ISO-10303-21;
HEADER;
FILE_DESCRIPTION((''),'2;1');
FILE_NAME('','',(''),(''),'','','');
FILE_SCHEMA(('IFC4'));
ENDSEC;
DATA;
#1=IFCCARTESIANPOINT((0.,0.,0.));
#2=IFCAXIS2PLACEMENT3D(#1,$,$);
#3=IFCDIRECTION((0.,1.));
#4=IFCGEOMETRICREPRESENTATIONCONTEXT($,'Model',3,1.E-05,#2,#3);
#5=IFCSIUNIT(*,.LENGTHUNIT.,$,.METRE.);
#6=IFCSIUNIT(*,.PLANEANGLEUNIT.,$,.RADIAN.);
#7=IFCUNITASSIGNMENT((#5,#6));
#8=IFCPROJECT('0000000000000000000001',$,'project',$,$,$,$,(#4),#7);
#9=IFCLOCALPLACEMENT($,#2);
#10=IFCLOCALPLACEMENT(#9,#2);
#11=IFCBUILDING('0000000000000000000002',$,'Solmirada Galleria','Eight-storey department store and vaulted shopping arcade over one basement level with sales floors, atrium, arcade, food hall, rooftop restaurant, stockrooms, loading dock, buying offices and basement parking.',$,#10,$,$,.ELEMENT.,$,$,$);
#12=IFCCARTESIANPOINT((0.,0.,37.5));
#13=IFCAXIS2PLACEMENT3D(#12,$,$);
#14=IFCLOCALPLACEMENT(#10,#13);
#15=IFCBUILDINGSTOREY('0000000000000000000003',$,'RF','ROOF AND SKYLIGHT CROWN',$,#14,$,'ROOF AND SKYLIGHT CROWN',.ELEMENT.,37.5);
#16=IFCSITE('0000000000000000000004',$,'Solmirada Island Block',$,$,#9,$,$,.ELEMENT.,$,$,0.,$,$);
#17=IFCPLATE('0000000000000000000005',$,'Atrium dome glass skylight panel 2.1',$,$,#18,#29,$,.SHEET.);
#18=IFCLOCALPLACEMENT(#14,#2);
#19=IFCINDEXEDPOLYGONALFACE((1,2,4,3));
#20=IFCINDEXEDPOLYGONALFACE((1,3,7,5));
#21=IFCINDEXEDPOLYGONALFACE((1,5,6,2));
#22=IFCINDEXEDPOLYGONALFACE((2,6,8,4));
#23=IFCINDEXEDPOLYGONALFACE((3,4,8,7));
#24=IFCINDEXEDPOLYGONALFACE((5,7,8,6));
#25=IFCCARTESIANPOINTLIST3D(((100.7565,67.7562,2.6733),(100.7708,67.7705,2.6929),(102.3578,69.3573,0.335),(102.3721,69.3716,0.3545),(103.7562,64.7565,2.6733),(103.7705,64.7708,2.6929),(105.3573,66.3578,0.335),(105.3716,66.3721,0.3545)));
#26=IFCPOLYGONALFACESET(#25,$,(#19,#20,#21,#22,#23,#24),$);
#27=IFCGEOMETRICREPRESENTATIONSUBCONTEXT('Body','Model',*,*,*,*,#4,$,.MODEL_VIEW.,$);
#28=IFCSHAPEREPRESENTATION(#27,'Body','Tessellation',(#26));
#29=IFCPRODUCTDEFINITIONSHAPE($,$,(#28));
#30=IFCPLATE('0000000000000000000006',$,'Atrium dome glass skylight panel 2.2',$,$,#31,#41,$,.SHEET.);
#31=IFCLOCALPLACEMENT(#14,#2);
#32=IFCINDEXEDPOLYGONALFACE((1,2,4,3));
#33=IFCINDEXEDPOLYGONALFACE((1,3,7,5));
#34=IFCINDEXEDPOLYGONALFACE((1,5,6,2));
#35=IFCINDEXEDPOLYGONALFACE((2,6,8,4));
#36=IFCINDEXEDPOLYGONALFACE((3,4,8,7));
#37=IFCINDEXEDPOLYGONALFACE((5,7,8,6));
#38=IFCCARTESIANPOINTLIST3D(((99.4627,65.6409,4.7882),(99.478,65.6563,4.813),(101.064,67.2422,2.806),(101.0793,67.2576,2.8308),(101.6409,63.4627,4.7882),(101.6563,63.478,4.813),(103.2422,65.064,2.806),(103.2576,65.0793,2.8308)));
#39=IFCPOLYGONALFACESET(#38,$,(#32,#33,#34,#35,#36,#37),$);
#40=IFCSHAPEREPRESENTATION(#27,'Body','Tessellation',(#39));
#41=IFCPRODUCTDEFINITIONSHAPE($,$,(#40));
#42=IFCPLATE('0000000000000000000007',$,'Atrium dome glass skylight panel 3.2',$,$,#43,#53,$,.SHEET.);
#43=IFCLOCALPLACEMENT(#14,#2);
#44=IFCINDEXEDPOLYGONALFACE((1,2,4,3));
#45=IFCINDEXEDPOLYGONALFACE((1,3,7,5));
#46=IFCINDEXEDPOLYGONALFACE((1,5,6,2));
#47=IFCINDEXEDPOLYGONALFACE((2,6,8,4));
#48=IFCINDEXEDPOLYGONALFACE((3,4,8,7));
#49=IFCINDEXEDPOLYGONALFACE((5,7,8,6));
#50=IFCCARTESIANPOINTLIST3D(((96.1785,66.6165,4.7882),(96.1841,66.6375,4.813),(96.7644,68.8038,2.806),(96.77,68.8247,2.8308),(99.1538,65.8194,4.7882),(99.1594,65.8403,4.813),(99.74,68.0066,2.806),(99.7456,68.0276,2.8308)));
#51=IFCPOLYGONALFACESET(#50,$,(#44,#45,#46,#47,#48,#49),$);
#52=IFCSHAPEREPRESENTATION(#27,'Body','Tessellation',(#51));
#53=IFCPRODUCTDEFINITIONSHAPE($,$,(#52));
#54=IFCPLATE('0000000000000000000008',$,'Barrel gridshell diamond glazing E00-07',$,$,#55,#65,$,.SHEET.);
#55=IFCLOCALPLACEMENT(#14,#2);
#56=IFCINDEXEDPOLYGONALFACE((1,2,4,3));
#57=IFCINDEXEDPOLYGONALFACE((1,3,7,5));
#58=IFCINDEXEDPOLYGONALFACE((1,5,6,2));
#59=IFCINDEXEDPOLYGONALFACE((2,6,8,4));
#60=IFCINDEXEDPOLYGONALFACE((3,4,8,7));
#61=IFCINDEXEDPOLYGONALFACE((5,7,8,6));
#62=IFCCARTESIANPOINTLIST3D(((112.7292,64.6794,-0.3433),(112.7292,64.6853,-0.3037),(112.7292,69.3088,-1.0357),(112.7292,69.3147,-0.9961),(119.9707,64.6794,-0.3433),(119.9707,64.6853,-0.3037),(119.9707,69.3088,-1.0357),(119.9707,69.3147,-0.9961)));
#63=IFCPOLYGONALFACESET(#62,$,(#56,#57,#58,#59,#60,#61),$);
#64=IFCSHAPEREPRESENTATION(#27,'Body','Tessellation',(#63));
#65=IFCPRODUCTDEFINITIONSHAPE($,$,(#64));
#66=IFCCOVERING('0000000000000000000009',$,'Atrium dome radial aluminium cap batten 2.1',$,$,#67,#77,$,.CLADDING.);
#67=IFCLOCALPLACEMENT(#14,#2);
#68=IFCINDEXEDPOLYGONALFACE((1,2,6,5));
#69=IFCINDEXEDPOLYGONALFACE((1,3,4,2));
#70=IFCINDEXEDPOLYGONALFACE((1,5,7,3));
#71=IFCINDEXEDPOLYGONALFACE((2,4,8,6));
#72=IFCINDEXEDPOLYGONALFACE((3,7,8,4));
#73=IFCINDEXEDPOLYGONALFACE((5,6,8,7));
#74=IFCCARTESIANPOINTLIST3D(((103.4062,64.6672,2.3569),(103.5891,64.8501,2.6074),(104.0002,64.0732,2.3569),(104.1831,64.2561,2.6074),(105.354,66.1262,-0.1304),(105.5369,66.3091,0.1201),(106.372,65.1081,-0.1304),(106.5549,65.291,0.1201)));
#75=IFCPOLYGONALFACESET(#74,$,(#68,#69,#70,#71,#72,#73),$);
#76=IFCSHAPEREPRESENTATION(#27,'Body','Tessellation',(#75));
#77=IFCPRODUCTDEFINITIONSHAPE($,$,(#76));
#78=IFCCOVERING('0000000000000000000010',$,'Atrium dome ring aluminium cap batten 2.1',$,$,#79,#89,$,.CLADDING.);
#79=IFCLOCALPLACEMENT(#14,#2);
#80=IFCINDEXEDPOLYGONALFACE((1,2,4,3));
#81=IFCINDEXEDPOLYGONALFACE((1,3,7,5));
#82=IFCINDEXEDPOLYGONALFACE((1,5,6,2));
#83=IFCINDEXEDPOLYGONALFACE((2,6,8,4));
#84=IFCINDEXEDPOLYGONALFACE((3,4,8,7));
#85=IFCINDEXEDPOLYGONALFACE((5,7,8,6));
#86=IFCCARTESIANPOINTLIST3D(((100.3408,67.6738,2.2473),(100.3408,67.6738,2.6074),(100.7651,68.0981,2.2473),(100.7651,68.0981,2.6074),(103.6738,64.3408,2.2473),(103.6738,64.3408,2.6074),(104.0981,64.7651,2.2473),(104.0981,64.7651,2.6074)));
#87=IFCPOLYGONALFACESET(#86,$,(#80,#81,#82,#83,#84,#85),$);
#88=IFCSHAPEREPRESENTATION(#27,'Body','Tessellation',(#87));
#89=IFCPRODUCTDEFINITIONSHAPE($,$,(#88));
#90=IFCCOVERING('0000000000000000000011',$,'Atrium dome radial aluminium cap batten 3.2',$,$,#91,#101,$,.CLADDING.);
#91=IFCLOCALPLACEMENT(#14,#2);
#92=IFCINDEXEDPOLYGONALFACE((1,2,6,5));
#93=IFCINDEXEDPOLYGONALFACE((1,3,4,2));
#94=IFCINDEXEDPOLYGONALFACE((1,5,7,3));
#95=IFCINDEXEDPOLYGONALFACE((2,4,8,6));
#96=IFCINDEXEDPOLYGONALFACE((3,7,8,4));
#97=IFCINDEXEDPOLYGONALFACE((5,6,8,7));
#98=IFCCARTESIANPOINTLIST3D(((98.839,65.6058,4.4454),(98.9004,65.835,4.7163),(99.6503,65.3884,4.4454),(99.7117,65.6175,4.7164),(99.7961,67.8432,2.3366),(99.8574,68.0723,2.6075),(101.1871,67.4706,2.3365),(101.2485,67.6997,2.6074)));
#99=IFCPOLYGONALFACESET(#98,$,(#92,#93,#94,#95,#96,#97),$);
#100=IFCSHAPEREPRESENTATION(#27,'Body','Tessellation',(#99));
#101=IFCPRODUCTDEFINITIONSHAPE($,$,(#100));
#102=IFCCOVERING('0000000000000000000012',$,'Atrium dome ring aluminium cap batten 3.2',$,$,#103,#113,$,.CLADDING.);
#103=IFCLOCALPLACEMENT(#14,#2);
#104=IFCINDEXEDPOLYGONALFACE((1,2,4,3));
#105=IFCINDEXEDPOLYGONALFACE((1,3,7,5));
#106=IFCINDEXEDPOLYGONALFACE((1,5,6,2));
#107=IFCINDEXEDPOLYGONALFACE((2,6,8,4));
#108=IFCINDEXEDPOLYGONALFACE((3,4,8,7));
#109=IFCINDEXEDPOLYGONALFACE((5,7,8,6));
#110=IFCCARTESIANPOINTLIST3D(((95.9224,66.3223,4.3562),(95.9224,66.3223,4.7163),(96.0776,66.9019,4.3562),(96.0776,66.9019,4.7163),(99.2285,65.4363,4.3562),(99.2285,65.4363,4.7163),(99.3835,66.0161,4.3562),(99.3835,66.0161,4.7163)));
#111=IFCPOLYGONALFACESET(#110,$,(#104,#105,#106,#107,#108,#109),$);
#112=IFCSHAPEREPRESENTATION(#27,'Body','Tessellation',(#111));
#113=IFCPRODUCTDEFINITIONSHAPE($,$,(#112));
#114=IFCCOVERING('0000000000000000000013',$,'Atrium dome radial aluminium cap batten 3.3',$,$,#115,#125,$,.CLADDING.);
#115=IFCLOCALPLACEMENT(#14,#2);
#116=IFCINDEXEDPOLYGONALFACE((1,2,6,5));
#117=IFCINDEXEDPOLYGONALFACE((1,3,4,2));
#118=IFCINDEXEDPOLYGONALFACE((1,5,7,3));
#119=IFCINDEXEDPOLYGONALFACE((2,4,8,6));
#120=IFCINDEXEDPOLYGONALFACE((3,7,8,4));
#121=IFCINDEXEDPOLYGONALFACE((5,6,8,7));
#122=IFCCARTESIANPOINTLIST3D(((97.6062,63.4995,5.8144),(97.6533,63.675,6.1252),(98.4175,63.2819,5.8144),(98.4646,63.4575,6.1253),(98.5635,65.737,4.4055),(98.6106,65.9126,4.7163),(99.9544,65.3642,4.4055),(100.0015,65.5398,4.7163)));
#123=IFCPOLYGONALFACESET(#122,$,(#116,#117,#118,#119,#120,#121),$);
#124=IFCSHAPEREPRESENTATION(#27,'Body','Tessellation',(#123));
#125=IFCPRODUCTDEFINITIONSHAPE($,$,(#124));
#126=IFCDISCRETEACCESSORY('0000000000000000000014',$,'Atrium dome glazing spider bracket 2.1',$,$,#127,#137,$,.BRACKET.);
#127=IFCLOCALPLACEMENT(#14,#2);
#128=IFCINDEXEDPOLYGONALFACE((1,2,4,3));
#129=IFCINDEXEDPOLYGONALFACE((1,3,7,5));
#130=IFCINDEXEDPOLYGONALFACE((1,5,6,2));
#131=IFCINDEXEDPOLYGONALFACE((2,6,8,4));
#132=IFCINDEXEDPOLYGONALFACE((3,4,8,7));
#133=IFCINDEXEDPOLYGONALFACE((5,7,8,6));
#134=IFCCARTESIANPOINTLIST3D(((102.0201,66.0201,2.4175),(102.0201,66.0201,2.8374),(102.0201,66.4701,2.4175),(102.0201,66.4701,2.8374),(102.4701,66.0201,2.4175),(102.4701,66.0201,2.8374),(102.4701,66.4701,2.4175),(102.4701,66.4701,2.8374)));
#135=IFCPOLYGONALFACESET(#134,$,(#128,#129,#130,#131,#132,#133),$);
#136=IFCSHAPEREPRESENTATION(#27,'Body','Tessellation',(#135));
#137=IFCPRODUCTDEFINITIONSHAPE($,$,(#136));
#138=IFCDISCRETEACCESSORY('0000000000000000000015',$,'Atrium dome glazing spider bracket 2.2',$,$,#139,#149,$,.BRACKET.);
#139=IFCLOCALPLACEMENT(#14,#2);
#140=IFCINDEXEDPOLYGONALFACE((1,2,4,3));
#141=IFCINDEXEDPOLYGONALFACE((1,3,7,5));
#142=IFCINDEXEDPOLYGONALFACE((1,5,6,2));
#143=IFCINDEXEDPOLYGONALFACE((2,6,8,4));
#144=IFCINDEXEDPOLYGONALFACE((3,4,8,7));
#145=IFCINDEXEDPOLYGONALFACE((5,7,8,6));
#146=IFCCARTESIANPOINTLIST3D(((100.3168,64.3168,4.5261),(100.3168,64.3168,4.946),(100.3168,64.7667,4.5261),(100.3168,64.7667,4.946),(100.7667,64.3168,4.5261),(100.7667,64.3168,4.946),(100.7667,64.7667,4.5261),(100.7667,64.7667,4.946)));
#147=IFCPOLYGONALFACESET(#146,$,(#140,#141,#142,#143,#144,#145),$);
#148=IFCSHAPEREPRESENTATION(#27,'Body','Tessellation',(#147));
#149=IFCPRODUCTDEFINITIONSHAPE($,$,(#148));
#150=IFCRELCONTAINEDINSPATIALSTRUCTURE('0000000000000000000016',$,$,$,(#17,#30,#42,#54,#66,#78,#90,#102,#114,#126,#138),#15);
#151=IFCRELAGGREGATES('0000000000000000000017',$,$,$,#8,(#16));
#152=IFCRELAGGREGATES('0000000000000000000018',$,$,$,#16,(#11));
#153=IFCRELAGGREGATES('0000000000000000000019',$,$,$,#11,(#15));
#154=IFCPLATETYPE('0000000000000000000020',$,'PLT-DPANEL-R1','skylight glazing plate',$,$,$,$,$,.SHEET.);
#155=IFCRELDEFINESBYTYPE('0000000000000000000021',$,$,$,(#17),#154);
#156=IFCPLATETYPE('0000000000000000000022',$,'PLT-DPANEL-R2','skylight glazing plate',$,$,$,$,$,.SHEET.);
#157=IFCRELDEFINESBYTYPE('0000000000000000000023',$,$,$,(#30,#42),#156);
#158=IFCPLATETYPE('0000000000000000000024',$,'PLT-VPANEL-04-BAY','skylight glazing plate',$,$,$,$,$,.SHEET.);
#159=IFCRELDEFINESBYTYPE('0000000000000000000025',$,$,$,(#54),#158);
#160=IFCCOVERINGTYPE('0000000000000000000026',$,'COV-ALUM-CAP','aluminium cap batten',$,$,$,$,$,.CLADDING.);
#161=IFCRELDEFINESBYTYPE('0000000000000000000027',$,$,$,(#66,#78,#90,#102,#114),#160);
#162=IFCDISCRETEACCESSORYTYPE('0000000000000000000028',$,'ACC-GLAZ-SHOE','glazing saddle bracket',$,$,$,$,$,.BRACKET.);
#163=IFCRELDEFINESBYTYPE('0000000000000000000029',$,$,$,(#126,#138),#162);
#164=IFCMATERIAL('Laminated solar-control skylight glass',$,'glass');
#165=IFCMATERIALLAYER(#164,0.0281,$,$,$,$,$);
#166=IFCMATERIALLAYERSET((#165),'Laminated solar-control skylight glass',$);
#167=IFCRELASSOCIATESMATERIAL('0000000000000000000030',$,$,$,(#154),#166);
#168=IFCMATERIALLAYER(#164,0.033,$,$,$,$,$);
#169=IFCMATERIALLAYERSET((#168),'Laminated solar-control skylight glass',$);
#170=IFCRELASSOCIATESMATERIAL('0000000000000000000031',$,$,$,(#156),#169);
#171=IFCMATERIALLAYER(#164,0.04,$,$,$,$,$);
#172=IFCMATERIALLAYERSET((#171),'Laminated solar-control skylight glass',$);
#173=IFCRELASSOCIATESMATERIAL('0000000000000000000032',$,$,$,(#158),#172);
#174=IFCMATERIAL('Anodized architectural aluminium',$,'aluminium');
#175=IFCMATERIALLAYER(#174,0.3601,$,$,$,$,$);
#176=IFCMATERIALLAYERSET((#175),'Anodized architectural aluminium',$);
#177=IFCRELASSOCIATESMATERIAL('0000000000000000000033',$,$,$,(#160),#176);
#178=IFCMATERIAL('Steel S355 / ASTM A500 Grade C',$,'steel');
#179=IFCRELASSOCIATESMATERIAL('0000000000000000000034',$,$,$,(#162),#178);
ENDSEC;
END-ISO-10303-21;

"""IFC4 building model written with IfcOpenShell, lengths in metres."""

from ifc_helpers import new_model, si_unit, direction, frame, origin, origin_2d, place, context, subcontext, project, spatial, polyline, rectangle, outline, extrude, material, layer, layer_set, type_object, element, save


model = new_model("IFC4")

# Units and contexts
model_context = context("Model", 3, precision=1e-05, world=origin(), true_north=direction((0.0, 1.0)))
body_context = subcontext(model_context, "Body", "Model", "MODEL_VIEW")
ifc_project = project(units=[si_unit("LENGTHUNIT", "METRE"), si_unit("PLANEANGLEUNIT", "RADIAN")], contexts=[model_context])

# Site, building, storey
site_placement = place(None, origin())
site = spatial("IfcSite", under=ifc_project, at=site_placement, Name="Solmirada Island Block", CompositionType="ELEMENT", RefElevation=0.0)
building_placement = place(site_placement, origin())
building = spatial("IfcBuilding", under=site, at=building_placement, Name="Solmirada Galleria", Description="Eight-storey department store and vaulted shopping arcade over one basement level with sales floors, atrium, arcade, food hall, rooftop restaurant, stockrooms, loading dock, buying offices and basement parking.", CompositionType="ELEMENT")
storey_placement = place(building_placement, frame((0.0, 0.0, 37.5)))
storey = spatial("IfcBuildingStorey", under=building, at=storey_placement, Name="RF", Description="ROOF AND SKYLIGHT CROWN", LongName="ROOF AND SKYLIGHT CROWN", CompositionType="ELEMENT", Elevation=37.5)

# Shared definitions
ifc_material_1 = material(Name="Steel S355 / ASTM A500 Grade C", Category="steel")

# Plates
ifc_material_2 = material(Name="Laminated solar-control skylight glass", Category="glass")
ifc_layer_1 = layer(ifc_material_2, 0.0281)
ifc_layer_set_1 = layer_set([ifc_layer_1], Name="Laminated solar-control skylight glass")
plate_type_1 = type_object("IfcPlateType", Name="PLT-DPANEL-R1", Description="skylight glazing plate", PredefinedType="SHEET", material=ifc_layer_set_1)
plate_1_placement = place(storey_placement, frame((105.3716, 66.3721, 0.3545), z_axis=(0.507967, 0.507967, 0.695657), x_axis=(-0.707107, 0.707107, 0.0)))
element("IfcPlate", 1, at=plate_1_placement, inside=storey, type_object=plate_type_1, Name="Atrium dome glass skylight panel 2.1", PredefinedType="SHEET", context=body_context, shape_type="SweptSolid", body=[
    extrude(outline(polyline([(0.0, 0.0), (4.242, 0.0), (4.2421, 3.2551), (-0.0002, 3.2551), (0.0, 0.0)])), origin(), (0.0, 0.0, -1.0), 0.0281),
])
ifc_layer_2 = layer(ifc_material_2, 0.033)
ifc_layer_set_2 = layer_set([ifc_layer_2], Name="Laminated solar-control skylight glass")
plate_type_2 = type_object("IfcPlateType", Name="PLT-DPANEL-R2", Description="skylight glazing plate", PredefinedType="SHEET", material=ifc_layer_set_2)
plate_2_placement = place(storey_placement, frame((103.2576, 65.0793, 2.8308), z_axis=(0.465719, 0.465719, 0.75247), x_axis=(-0.707107, 0.707107, 0.0)))
element("IfcPlate", 2, at=plate_2_placement, inside=storey, type_object=plate_type_2, Name="Atrium dome glass skylight panel 2.2", PredefinedType="SHEET", context=body_context, shape_type="SweptSolid", body=[
    extrude(outline(polyline([(0.0, 0.0), (3.0805, 0.0), (3.0805, 3.0096), (0.0, 3.0096), (0.0, 0.0)])), origin(), (0.0, 0.0, -1.0), 0.033),
])
plate_3_placement = place(storey_placement, frame((99.7456, 68.0276, 2.8308), z_axis=(0.170443, 0.636224, 0.752442), x_axis=(-0.96594, 0.258767, 0.000005)))
element("IfcPlate", 3, at=plate_3_placement, inside=storey, type_object=plate_type_2, Name="Atrium dome glass skylight panel 3.2", PredefinedType="SHEET", context=body_context, shape_type="SweptSolid", body=[
    extrude(outline(polyline([(0.0, 0.0), (3.0805, 0.0), (3.0805, 3.0094), (0.0002, 3.0094), (0.0, 0.0)])), origin(), (0.0, 0.0, -1.0), 0.033),
])
ifc_layer_3 = layer(ifc_material_2, 0.04)
ifc_layer_set_3 = layer_set([ifc_layer_3], Name="Laminated solar-control skylight glass")
plate_type_3 = type_object("IfcPlateType", Name="PLT-VPANEL-04-BAY", Description="skylight glazing plate", PredefinedType="SHEET", material=ifc_layer_set_3)
plate_4_placement = place(storey_placement, frame((112.7292, 64.6853, -0.3037), z_axis=(0.0, 0.147917, 0.989), x_axis=(1.0, 0.0, 0.0)))
element("IfcPlate", 4, at=plate_4_placement, inside=storey, type_object=plate_type_3, Name="Barrel gridshell diamond glazing E00-07", PredefinedType="SHEET", context=body_context, shape_type="SweptSolid", body=[
    extrude(outline(polyline([(0.0, 0.0), (7.2415, 0.0), (7.2415, 4.6809), (0.0, 4.6809), (0.0, 0.0)])), origin(), (0.0, 0.0, -1.0), 0.04),
])

# Coverings
ifc_material_3 = material(Name="Anodized architectural aluminium", Category="aluminium")
ifc_layer_4 = layer(ifc_material_3, 0.3601)
ifc_layer_set_4 = layer_set([ifc_layer_4], Name="Anodized architectural aluminium")
covering_type = type_object("IfcCoveringType", Name="COV-ALUM-CAP", Description="aluminium cap batten", PredefinedType="CLADDING", material=ifc_layer_set_4)
covering_1_placement = place(storey_placement, frame((106.5549, 65.291, 0.1201), z_axis=(0.507939, 0.507939, 0.695699), x_axis=(-0.707107, 0.707107, 0.0)))
element("IfcCovering", 5, at=covering_1_placement, inside=storey, type_object=covering_type, Name="Atrium dome radial aluminium cap batten 2.1", PredefinedType="CLADDING", context=body_context, shape_type="SweptSolid", body=[
    extrude(outline(polyline([(0.0, 0.0), (1.4398, 0.0), (1.7854, 3.4626), (0.9453, 3.4626), (0.0, 0.0)])), origin(), (0.0, 0.0, -1.0), 0.3601),
])
covering_2_placement = place(storey_placement, frame((104.0981, 64.7651, 2.6074), z_axis=(0.0, 0.0, 1.0), x_axis=(-0.707107, -0.707107, 0.0)))
element("IfcCovering", 6, at=covering_2_placement, inside=storey, type_object=covering_type, Name="Atrium dome ring aluminium cap batten 2.1", PredefinedType="CLADDING", context=body_context, shape_type="SweptSolid", body=[
    extrude(outline(polyline([(0.0, 0.0), (0.6001, 0.0), (0.6001, -4.7136), (0.0, -4.7136), (0.0, 0.0)])), origin(), (0.0, 0.0, -1.0), 0.3601),
])
covering_3_placement = place(storey_placement, frame((101.2485, 67.6997, 2.6074), z_axis=(0.170472, 0.636254, 0.752409), x_axis=(-0.965946, 0.258742, 0.000054)))
element("IfcCovering", 7, at=covering_3_placement, inside=storey, type_object=covering_type, Name="Atrium dome radial aluminium cap batten 3.2", PredefinedType="CLADDING", context=body_context, shape_type="SweptSolid", body=[
    extrude(outline(polyline([(0.0, 0.0), (1.4401, 0.0), (1.7858, 3.2015), (0.9459, 3.2016), (0.0, 0.0)])), origin(), (0.0, 0.0, -1.0), 0.3601),
])
covering_4_placement = place(storey_placement, frame((99.3835, 66.0161, 4.7163), z_axis=(0.0, 0.0, 1.0), x_axis=(-0.258296, -0.966066, 0.0)))
element("IfcCovering", 8, at=covering_4_placement, inside=storey, type_object=covering_type, Name="Atrium dome ring aluminium cap batten 3.2", PredefinedType="CLADDING", context=body_context, shape_type="SweptSolid", body=[
    extrude(outline(polyline([(0.0, 0.0), (0.6002, 0.0), (0.5982, -3.4228), (-0.0018, -3.4225), (0.0, 0.0)])), origin(), (0.0, 0.0, -1.0), 0.3601),
])
covering_5_placement = place(storey_placement, frame((100.0015, 65.5398, 4.7163), z_axis=(0.130716, 0.487615, 0.863218), x_axis=(-0.965903, 0.258905, 0.000014)))
element("IfcCovering", 9, at=covering_5_placement, inside=storey, type_object=covering_type, Name="Atrium dome radial aluminium cap batten 3.3", PredefinedType="CLADDING", context=body_context, shape_type="SweptSolid", body=[
    extrude(outline(polyline([(0.0, 0.0), (1.44, 0.0), (1.7853, 2.7908), (0.9454, 2.7909), (0.0, 0.0)])), origin(), (0.0, 0.0, -1.0), 0.3601),
])

# Discrete accessories
discrete_accessory_type = type_object("IfcDiscreteAccessoryType", Name="ACC-GLAZ-SHOE", Description="glazing saddle bracket", PredefinedType="BRACKET", material=ifc_material_1)
for number, where, z_axis, x_axis, name in (
    (10, (102.2451, 66.2451, 2.4175), (0.0, 0.0, 1.0), (1.0, 0.0, 0.0), "Atrium dome glazing spider bracket 2.1"),
    (11, (100.5417, 64.5417, 4.5261), (0.0, 0.0, 1.0), (1.0, 0.0, 0.0), "Atrium dome glazing spider bracket 2.2"),
):
    element("IfcDiscreteAccessory", number, at=place(storey_placement, frame(where, z_axis=z_axis, x_axis=x_axis)), inside=storey, type_object=discrete_accessory_type, Name=name, PredefinedType="BRACKET", context=body_context, shape_type="SweptSolid", body=[
        extrude(rectangle(XDim=0.45, YDim=0.45, at=origin_2d()), origin(), (0.0, 0.0, 1.0), 0.4199),
    ])

save(model, "model.ifc")
